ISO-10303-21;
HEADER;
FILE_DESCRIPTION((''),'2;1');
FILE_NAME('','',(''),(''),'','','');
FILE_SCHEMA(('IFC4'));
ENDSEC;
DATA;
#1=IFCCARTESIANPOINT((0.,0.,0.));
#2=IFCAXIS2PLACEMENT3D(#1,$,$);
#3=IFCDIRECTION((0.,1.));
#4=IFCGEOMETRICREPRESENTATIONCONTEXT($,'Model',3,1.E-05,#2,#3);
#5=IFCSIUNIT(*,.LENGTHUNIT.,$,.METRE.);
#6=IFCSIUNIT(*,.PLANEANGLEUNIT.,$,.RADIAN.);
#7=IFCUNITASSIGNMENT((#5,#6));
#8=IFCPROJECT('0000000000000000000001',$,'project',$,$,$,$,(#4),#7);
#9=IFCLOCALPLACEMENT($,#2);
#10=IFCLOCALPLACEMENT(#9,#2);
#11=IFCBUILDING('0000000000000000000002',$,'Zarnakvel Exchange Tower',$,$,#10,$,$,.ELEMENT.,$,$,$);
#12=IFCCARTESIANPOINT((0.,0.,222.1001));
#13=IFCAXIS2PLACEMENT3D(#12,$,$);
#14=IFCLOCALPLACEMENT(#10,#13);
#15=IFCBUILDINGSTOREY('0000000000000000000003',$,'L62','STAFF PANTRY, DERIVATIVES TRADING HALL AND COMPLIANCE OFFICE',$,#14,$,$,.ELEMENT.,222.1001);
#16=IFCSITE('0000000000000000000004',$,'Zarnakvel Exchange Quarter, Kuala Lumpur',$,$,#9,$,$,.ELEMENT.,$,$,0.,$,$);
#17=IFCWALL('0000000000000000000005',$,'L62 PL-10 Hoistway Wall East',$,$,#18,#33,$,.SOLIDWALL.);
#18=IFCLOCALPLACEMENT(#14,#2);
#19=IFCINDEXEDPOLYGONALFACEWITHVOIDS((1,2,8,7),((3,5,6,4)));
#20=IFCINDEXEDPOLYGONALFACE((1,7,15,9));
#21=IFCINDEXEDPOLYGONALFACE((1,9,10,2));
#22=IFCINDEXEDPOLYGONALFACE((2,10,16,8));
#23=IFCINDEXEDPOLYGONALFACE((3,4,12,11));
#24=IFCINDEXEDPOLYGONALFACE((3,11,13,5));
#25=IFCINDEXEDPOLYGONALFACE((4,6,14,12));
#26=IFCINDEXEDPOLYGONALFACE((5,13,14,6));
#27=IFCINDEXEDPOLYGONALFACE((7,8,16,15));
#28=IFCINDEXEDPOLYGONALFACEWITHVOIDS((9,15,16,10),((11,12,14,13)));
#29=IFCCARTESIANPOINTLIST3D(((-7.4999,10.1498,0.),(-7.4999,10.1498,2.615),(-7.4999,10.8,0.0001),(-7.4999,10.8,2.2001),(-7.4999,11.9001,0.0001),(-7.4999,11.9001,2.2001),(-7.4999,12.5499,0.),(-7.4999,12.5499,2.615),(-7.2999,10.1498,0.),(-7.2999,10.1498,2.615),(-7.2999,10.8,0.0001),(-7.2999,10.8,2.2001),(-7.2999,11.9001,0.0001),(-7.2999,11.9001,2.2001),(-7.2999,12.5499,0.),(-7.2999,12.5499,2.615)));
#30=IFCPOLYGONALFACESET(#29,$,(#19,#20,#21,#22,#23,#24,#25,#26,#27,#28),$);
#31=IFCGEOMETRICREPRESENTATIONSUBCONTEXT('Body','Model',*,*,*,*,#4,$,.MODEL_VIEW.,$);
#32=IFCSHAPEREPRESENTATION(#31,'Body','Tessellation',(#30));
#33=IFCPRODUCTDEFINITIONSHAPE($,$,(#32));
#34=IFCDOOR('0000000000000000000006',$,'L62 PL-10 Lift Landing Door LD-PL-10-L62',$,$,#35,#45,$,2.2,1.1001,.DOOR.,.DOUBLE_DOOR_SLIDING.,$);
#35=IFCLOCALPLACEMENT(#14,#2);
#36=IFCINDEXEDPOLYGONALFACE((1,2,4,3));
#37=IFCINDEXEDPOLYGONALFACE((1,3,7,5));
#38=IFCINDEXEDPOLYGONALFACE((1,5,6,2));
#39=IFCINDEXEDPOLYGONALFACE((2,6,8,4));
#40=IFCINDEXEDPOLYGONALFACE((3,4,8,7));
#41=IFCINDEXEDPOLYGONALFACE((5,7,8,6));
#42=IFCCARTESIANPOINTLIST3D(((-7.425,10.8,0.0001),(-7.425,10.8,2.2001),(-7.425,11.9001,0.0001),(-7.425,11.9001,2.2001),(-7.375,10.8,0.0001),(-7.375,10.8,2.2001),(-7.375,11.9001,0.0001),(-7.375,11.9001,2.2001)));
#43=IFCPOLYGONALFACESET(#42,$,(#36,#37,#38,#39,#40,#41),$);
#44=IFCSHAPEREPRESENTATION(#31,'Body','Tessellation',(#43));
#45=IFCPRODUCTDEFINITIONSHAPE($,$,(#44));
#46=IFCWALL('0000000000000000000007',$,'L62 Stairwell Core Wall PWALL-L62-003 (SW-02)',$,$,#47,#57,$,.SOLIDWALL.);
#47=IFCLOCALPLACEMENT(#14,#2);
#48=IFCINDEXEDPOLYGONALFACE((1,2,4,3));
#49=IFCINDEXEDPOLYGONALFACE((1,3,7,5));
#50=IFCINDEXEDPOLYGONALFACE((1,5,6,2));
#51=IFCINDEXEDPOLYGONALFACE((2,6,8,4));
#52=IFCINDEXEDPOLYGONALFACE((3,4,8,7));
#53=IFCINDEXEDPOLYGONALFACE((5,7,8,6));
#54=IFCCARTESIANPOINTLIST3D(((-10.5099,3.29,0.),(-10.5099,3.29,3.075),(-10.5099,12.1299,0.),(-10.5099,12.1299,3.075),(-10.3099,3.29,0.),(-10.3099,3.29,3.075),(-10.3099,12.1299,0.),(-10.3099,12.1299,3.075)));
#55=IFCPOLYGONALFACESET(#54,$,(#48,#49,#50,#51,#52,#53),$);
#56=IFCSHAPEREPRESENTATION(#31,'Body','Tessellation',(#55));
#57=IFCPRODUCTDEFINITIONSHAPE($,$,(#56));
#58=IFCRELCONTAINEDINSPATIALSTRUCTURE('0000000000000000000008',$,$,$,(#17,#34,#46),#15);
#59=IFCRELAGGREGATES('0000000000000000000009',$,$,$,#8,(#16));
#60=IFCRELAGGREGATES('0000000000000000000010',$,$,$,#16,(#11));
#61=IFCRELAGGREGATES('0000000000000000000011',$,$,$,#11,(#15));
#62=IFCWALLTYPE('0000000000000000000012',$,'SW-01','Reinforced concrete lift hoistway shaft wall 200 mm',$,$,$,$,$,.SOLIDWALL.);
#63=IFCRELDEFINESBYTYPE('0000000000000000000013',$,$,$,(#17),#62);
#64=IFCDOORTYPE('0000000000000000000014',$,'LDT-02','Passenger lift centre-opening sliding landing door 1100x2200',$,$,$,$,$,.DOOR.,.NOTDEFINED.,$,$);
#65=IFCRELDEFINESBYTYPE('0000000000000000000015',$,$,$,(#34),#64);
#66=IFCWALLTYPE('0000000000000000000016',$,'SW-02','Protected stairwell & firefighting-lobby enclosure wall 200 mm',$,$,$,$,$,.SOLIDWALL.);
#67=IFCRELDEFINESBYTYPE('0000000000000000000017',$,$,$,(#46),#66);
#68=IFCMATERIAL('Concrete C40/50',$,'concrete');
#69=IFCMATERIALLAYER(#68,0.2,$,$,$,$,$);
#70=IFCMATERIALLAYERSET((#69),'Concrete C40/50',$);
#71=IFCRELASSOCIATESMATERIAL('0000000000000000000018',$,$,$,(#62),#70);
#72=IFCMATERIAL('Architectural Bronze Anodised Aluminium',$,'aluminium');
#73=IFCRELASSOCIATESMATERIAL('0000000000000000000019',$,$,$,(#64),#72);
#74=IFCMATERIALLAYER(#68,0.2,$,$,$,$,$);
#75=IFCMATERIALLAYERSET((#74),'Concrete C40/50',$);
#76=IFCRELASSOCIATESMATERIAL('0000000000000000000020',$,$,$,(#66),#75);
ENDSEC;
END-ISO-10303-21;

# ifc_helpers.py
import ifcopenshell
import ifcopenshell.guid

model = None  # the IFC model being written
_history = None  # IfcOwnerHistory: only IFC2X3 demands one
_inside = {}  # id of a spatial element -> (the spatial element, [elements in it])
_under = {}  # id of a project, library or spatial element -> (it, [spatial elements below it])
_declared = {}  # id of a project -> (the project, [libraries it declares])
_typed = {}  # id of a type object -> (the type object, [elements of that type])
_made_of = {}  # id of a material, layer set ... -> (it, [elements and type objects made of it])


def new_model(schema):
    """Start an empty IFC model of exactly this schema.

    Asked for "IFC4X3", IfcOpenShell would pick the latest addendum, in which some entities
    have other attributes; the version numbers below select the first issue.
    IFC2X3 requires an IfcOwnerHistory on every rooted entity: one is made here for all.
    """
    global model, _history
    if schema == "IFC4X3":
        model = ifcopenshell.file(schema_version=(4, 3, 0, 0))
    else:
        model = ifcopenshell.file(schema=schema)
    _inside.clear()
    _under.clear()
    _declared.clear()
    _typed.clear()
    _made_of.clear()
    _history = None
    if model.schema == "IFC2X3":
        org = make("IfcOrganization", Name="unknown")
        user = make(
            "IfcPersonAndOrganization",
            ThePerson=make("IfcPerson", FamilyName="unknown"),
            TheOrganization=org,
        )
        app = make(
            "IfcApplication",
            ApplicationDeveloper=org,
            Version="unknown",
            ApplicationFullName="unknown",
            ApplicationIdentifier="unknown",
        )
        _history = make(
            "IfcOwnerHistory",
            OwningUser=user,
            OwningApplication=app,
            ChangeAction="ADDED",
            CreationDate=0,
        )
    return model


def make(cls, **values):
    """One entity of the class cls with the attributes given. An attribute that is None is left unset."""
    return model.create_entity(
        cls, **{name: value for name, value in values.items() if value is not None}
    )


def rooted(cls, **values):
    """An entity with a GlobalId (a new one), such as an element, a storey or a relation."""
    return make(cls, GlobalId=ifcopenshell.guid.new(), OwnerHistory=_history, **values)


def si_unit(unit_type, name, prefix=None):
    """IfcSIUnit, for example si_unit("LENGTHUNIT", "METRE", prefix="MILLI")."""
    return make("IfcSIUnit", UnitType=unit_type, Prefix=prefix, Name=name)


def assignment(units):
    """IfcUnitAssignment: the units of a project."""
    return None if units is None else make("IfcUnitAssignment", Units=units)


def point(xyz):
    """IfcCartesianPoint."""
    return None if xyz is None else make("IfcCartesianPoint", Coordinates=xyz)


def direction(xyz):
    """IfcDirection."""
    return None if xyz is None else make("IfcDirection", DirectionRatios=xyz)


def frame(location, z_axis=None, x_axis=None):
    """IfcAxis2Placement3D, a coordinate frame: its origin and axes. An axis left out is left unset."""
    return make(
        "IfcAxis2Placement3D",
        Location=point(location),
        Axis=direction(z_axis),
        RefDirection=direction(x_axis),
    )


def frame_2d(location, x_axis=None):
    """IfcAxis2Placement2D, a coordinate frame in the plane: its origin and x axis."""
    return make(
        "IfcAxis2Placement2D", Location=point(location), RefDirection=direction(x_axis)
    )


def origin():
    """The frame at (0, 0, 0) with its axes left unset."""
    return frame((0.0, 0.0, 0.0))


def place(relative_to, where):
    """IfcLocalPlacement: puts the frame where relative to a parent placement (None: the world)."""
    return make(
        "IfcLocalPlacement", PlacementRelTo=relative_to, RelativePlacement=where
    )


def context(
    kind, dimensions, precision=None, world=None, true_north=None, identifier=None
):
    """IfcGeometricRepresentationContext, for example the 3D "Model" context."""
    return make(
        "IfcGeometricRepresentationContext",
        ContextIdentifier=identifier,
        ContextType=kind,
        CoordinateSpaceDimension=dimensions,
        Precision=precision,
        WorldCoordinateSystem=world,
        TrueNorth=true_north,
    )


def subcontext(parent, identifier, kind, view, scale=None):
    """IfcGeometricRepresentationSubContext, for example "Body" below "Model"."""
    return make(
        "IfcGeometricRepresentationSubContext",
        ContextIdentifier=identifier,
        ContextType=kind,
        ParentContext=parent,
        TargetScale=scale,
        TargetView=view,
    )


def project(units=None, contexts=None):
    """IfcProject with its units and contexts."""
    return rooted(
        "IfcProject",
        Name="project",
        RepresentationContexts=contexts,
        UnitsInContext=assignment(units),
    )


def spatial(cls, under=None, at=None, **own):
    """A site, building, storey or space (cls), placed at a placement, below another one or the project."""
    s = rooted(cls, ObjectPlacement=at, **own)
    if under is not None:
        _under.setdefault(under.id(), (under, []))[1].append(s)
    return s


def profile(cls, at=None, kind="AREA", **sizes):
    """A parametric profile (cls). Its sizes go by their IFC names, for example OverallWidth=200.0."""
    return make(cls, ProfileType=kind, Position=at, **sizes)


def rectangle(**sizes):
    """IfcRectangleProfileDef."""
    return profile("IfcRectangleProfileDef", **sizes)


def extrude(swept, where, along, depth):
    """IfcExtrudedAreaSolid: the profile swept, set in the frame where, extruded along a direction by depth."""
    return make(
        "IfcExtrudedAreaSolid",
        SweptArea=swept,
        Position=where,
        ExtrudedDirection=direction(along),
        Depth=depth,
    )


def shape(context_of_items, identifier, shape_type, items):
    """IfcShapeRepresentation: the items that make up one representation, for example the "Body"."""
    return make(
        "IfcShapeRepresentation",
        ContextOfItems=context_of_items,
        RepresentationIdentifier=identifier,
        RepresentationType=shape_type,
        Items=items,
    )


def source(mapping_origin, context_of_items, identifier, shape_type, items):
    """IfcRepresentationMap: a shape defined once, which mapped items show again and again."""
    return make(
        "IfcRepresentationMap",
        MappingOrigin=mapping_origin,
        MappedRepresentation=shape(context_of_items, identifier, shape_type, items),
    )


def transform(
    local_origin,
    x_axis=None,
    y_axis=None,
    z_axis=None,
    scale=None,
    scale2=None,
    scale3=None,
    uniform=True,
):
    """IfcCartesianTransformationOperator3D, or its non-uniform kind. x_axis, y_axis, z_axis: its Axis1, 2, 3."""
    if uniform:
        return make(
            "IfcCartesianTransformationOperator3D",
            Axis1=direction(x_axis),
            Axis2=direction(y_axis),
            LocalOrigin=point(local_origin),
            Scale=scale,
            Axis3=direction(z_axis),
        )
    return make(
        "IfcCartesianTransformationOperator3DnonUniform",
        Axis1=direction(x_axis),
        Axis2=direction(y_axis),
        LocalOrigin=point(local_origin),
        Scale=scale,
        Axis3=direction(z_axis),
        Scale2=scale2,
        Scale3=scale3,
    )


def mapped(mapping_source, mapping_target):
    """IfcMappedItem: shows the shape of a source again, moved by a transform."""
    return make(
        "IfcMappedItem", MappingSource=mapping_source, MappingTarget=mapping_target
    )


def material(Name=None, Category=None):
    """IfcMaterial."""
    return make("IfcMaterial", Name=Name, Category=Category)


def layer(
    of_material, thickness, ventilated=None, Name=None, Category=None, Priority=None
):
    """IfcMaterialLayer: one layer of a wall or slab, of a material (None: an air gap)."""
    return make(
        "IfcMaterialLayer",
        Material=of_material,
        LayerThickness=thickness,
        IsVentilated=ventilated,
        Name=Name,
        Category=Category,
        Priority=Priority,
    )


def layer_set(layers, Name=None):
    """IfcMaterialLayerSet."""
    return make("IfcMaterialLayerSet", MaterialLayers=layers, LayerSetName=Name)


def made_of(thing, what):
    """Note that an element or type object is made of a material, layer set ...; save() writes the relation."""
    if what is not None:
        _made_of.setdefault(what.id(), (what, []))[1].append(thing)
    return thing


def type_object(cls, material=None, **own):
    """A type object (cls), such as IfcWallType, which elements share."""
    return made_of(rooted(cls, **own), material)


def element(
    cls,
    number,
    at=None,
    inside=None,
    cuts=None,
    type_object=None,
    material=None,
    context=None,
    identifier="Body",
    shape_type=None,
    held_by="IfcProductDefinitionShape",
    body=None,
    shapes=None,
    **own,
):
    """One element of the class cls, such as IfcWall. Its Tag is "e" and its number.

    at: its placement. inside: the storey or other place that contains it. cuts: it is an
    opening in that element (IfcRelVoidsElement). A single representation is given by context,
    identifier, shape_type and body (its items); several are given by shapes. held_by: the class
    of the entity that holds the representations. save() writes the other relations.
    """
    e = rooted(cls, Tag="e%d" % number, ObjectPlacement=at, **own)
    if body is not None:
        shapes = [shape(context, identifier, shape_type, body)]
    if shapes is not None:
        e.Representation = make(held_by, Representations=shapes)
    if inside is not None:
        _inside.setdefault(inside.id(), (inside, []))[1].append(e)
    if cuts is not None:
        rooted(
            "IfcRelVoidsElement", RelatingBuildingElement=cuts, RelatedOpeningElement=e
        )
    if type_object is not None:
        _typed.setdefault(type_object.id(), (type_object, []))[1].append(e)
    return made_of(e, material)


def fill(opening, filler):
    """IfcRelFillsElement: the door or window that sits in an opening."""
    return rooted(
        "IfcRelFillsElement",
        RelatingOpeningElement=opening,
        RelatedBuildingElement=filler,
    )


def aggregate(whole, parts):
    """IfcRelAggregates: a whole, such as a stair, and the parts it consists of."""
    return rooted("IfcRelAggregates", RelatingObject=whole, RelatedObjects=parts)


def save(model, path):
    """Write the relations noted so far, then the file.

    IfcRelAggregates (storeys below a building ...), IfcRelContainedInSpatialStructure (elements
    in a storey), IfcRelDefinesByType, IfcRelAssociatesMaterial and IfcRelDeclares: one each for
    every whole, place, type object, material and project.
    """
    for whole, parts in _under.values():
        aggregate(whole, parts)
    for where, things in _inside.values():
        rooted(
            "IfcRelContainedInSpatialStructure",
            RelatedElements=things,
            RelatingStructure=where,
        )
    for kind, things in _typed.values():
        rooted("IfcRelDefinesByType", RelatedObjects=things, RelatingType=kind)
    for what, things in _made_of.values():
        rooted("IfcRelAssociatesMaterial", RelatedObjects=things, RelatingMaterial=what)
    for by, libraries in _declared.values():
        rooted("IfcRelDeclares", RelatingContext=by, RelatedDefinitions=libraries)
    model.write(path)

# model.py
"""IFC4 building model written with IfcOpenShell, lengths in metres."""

from ifc_helpers import new_model, si_unit, direction, frame, frame_2d, origin, place, context, subcontext, project, spatial, rectangle, extrude, source, transform, mapped, material, layer, layer_set, type_object, element, fill, save


model = new_model("IFC4")

# Units and contexts
model_context = context("Model", 3, precision=1e-05, world=origin(), true_north=direction((0.0, 1.0)))
body_context = subcontext(model_context, "Body", "Model", "MODEL_VIEW")
ifc_project = project(units=[si_unit("LENGTHUNIT", "METRE"), si_unit("PLANEANGLEUNIT", "RADIAN")], contexts=[model_context])

# Site, building, storey
site_placement = place(None, origin())
site = spatial("IfcSite", under=ifc_project, at=site_placement, Name="Zarnakvel Exchange Quarter, Kuala Lumpur", CompositionType="ELEMENT", RefElevation=0.0)
building_placement = place(site_placement, origin())
building = spatial("IfcBuilding", under=site, at=building_placement, Name="Zarnakvel Exchange Tower", CompositionType="ELEMENT")
storey_placement = place(building_placement, frame((0.0, 0.0, 222.1001)))
storey = spatial("IfcBuildingStorey", under=building, at=storey_placement, Name="L62", Description="STAFF PANTRY, DERIVATIVES TRADING HALL AND COMPLIANCE OFFICE", CompositionType="ELEMENT", Elevation=222.1001)

# Shared definitions
ifc_material_1 = material(Name="Architectural Bronze Anodised Aluminium", Category="aluminium")

# Shared definitions
ifc_material_2 = material(Name="Concrete C40/50", Category="concrete")
ifc_layer_1 = layer(ifc_material_2, 0.2)
ifc_layer_set_1 = layer_set([ifc_layer_1], Name="Concrete C40/50")
wall_type_1 = type_object("IfcWallType", Name="SW-01", Description="Reinforced concrete lift hoistway shaft wall 200 mm", PredefinedType="SOLIDWALL", material=ifc_layer_set_1)
door_type_1 = type_object("IfcDoorType", Name="LDT-02", Description="Passenger lift centre-opening sliding landing door 1100x2200", OperationType="NOTDEFINED", PredefinedType="DOOR", material=ifc_material_1)
shared_shape_1 = source(origin(), body_context, "Body", "SweptSolid", [
    extrude(rectangle(XDim=1.1001, YDim=2.2, at=frame_2d((0.55, 1.1001))), frame((0.0, 0.0249, 0.0), z_axis=(0.0, -1.0, 0.0), x_axis=(1.0, 0.0, 0.0)), (0.0, 0.0, 1.0), 0.05),
])

# Wall, opening, door
wall_1_placement = place(storey_placement, frame((-7.3999, 12.55, 0.0), z_axis=(0.0, 0.0, 1.0), x_axis=(0.0, -1.0, 0.0)))
wall_1 = element("IfcWall", 1, at=wall_1_placement, inside=storey, type_object=wall_type_1, Name="L62 PL-10 Hoistway Wall East", PredefinedType="SOLIDWALL", context=body_context, shape_type="SweptSolid", body=[
    extrude(rectangle(XDim=2.4001, YDim=0.2, at=frame_2d((1.2002, 0.0))), origin(), (0.0, 0.0, 1.0), 2.615),
])
opening_1_placement = place(wall_1_placement, frame((0.6499, 0.0, 0.0)))
opening_1 = element("IfcOpeningElement", 2, at=opening_1_placement, cuts=wall_1, PredefinedType="OPENING", context=body_context, shape_type="SweptSolid", body=[
    extrude(rectangle(XDim=1.1001, YDim=2.2, at=frame_2d((0.55, 1.1001))), frame((0.0, 0.1099, 0.0), z_axis=(0.0, -1.0, 0.0), x_axis=(1.0, 0.0, 0.0)), (0.0, 0.0, 1.0), 0.22),
])
door_1_placement = place(opening_1_placement, origin())
door_1 = element("IfcDoor", 3, at=door_1_placement, inside=storey, type_object=door_type_1, Name="L62 PL-10 Lift Landing Door LD-PL-10-L62", OperationType="DOUBLE_DOOR_SLIDING", OverallHeight=2.2, OverallWidth=1.1001, PredefinedType="DOOR", context=body_context, shape_type="MappedRepresentation", body=[
    mapped(shared_shape_1, transform((0.0, 0.0, 0.0), x_axis=(1.0, 0.0, 0.0), y_axis=(0.0, 1.0, 0.0), z_axis=(0.0, 0.0, 1.0), scale=1.0)),
])
fill(opening_1, door_1)

# Wall
ifc_layer_2 = layer(ifc_material_2, 0.2)
ifc_layer_set_2 = layer_set([ifc_layer_2], Name="Concrete C40/50")
wall_type_2 = type_object("IfcWallType", Name="SW-02", Description="Protected stairwell & firefighting-lobby enclosure wall 200 mm", PredefinedType="SOLIDWALL", material=ifc_layer_set_2)
wall_2_placement = place(storey_placement, frame((-10.4099, 12.1299, 0.0), z_axis=(0.0, 0.0, 1.0), x_axis=(0.0, -1.0, 0.0)))
element("IfcWall", 4, at=wall_2_placement, inside=storey, type_object=wall_type_2, Name="L62 Stairwell Core Wall PWALL-L62-003 (SW-02)", PredefinedType="SOLIDWALL", context=body_context, shape_type="SweptSolid", body=[
    extrude(rectangle(XDim=8.8398, YDim=0.2, at=frame_2d((4.4199, 0.0))), origin(), (0.0, 0.0, 1.0), 3.075),
])

save(model, "model.ifc")
